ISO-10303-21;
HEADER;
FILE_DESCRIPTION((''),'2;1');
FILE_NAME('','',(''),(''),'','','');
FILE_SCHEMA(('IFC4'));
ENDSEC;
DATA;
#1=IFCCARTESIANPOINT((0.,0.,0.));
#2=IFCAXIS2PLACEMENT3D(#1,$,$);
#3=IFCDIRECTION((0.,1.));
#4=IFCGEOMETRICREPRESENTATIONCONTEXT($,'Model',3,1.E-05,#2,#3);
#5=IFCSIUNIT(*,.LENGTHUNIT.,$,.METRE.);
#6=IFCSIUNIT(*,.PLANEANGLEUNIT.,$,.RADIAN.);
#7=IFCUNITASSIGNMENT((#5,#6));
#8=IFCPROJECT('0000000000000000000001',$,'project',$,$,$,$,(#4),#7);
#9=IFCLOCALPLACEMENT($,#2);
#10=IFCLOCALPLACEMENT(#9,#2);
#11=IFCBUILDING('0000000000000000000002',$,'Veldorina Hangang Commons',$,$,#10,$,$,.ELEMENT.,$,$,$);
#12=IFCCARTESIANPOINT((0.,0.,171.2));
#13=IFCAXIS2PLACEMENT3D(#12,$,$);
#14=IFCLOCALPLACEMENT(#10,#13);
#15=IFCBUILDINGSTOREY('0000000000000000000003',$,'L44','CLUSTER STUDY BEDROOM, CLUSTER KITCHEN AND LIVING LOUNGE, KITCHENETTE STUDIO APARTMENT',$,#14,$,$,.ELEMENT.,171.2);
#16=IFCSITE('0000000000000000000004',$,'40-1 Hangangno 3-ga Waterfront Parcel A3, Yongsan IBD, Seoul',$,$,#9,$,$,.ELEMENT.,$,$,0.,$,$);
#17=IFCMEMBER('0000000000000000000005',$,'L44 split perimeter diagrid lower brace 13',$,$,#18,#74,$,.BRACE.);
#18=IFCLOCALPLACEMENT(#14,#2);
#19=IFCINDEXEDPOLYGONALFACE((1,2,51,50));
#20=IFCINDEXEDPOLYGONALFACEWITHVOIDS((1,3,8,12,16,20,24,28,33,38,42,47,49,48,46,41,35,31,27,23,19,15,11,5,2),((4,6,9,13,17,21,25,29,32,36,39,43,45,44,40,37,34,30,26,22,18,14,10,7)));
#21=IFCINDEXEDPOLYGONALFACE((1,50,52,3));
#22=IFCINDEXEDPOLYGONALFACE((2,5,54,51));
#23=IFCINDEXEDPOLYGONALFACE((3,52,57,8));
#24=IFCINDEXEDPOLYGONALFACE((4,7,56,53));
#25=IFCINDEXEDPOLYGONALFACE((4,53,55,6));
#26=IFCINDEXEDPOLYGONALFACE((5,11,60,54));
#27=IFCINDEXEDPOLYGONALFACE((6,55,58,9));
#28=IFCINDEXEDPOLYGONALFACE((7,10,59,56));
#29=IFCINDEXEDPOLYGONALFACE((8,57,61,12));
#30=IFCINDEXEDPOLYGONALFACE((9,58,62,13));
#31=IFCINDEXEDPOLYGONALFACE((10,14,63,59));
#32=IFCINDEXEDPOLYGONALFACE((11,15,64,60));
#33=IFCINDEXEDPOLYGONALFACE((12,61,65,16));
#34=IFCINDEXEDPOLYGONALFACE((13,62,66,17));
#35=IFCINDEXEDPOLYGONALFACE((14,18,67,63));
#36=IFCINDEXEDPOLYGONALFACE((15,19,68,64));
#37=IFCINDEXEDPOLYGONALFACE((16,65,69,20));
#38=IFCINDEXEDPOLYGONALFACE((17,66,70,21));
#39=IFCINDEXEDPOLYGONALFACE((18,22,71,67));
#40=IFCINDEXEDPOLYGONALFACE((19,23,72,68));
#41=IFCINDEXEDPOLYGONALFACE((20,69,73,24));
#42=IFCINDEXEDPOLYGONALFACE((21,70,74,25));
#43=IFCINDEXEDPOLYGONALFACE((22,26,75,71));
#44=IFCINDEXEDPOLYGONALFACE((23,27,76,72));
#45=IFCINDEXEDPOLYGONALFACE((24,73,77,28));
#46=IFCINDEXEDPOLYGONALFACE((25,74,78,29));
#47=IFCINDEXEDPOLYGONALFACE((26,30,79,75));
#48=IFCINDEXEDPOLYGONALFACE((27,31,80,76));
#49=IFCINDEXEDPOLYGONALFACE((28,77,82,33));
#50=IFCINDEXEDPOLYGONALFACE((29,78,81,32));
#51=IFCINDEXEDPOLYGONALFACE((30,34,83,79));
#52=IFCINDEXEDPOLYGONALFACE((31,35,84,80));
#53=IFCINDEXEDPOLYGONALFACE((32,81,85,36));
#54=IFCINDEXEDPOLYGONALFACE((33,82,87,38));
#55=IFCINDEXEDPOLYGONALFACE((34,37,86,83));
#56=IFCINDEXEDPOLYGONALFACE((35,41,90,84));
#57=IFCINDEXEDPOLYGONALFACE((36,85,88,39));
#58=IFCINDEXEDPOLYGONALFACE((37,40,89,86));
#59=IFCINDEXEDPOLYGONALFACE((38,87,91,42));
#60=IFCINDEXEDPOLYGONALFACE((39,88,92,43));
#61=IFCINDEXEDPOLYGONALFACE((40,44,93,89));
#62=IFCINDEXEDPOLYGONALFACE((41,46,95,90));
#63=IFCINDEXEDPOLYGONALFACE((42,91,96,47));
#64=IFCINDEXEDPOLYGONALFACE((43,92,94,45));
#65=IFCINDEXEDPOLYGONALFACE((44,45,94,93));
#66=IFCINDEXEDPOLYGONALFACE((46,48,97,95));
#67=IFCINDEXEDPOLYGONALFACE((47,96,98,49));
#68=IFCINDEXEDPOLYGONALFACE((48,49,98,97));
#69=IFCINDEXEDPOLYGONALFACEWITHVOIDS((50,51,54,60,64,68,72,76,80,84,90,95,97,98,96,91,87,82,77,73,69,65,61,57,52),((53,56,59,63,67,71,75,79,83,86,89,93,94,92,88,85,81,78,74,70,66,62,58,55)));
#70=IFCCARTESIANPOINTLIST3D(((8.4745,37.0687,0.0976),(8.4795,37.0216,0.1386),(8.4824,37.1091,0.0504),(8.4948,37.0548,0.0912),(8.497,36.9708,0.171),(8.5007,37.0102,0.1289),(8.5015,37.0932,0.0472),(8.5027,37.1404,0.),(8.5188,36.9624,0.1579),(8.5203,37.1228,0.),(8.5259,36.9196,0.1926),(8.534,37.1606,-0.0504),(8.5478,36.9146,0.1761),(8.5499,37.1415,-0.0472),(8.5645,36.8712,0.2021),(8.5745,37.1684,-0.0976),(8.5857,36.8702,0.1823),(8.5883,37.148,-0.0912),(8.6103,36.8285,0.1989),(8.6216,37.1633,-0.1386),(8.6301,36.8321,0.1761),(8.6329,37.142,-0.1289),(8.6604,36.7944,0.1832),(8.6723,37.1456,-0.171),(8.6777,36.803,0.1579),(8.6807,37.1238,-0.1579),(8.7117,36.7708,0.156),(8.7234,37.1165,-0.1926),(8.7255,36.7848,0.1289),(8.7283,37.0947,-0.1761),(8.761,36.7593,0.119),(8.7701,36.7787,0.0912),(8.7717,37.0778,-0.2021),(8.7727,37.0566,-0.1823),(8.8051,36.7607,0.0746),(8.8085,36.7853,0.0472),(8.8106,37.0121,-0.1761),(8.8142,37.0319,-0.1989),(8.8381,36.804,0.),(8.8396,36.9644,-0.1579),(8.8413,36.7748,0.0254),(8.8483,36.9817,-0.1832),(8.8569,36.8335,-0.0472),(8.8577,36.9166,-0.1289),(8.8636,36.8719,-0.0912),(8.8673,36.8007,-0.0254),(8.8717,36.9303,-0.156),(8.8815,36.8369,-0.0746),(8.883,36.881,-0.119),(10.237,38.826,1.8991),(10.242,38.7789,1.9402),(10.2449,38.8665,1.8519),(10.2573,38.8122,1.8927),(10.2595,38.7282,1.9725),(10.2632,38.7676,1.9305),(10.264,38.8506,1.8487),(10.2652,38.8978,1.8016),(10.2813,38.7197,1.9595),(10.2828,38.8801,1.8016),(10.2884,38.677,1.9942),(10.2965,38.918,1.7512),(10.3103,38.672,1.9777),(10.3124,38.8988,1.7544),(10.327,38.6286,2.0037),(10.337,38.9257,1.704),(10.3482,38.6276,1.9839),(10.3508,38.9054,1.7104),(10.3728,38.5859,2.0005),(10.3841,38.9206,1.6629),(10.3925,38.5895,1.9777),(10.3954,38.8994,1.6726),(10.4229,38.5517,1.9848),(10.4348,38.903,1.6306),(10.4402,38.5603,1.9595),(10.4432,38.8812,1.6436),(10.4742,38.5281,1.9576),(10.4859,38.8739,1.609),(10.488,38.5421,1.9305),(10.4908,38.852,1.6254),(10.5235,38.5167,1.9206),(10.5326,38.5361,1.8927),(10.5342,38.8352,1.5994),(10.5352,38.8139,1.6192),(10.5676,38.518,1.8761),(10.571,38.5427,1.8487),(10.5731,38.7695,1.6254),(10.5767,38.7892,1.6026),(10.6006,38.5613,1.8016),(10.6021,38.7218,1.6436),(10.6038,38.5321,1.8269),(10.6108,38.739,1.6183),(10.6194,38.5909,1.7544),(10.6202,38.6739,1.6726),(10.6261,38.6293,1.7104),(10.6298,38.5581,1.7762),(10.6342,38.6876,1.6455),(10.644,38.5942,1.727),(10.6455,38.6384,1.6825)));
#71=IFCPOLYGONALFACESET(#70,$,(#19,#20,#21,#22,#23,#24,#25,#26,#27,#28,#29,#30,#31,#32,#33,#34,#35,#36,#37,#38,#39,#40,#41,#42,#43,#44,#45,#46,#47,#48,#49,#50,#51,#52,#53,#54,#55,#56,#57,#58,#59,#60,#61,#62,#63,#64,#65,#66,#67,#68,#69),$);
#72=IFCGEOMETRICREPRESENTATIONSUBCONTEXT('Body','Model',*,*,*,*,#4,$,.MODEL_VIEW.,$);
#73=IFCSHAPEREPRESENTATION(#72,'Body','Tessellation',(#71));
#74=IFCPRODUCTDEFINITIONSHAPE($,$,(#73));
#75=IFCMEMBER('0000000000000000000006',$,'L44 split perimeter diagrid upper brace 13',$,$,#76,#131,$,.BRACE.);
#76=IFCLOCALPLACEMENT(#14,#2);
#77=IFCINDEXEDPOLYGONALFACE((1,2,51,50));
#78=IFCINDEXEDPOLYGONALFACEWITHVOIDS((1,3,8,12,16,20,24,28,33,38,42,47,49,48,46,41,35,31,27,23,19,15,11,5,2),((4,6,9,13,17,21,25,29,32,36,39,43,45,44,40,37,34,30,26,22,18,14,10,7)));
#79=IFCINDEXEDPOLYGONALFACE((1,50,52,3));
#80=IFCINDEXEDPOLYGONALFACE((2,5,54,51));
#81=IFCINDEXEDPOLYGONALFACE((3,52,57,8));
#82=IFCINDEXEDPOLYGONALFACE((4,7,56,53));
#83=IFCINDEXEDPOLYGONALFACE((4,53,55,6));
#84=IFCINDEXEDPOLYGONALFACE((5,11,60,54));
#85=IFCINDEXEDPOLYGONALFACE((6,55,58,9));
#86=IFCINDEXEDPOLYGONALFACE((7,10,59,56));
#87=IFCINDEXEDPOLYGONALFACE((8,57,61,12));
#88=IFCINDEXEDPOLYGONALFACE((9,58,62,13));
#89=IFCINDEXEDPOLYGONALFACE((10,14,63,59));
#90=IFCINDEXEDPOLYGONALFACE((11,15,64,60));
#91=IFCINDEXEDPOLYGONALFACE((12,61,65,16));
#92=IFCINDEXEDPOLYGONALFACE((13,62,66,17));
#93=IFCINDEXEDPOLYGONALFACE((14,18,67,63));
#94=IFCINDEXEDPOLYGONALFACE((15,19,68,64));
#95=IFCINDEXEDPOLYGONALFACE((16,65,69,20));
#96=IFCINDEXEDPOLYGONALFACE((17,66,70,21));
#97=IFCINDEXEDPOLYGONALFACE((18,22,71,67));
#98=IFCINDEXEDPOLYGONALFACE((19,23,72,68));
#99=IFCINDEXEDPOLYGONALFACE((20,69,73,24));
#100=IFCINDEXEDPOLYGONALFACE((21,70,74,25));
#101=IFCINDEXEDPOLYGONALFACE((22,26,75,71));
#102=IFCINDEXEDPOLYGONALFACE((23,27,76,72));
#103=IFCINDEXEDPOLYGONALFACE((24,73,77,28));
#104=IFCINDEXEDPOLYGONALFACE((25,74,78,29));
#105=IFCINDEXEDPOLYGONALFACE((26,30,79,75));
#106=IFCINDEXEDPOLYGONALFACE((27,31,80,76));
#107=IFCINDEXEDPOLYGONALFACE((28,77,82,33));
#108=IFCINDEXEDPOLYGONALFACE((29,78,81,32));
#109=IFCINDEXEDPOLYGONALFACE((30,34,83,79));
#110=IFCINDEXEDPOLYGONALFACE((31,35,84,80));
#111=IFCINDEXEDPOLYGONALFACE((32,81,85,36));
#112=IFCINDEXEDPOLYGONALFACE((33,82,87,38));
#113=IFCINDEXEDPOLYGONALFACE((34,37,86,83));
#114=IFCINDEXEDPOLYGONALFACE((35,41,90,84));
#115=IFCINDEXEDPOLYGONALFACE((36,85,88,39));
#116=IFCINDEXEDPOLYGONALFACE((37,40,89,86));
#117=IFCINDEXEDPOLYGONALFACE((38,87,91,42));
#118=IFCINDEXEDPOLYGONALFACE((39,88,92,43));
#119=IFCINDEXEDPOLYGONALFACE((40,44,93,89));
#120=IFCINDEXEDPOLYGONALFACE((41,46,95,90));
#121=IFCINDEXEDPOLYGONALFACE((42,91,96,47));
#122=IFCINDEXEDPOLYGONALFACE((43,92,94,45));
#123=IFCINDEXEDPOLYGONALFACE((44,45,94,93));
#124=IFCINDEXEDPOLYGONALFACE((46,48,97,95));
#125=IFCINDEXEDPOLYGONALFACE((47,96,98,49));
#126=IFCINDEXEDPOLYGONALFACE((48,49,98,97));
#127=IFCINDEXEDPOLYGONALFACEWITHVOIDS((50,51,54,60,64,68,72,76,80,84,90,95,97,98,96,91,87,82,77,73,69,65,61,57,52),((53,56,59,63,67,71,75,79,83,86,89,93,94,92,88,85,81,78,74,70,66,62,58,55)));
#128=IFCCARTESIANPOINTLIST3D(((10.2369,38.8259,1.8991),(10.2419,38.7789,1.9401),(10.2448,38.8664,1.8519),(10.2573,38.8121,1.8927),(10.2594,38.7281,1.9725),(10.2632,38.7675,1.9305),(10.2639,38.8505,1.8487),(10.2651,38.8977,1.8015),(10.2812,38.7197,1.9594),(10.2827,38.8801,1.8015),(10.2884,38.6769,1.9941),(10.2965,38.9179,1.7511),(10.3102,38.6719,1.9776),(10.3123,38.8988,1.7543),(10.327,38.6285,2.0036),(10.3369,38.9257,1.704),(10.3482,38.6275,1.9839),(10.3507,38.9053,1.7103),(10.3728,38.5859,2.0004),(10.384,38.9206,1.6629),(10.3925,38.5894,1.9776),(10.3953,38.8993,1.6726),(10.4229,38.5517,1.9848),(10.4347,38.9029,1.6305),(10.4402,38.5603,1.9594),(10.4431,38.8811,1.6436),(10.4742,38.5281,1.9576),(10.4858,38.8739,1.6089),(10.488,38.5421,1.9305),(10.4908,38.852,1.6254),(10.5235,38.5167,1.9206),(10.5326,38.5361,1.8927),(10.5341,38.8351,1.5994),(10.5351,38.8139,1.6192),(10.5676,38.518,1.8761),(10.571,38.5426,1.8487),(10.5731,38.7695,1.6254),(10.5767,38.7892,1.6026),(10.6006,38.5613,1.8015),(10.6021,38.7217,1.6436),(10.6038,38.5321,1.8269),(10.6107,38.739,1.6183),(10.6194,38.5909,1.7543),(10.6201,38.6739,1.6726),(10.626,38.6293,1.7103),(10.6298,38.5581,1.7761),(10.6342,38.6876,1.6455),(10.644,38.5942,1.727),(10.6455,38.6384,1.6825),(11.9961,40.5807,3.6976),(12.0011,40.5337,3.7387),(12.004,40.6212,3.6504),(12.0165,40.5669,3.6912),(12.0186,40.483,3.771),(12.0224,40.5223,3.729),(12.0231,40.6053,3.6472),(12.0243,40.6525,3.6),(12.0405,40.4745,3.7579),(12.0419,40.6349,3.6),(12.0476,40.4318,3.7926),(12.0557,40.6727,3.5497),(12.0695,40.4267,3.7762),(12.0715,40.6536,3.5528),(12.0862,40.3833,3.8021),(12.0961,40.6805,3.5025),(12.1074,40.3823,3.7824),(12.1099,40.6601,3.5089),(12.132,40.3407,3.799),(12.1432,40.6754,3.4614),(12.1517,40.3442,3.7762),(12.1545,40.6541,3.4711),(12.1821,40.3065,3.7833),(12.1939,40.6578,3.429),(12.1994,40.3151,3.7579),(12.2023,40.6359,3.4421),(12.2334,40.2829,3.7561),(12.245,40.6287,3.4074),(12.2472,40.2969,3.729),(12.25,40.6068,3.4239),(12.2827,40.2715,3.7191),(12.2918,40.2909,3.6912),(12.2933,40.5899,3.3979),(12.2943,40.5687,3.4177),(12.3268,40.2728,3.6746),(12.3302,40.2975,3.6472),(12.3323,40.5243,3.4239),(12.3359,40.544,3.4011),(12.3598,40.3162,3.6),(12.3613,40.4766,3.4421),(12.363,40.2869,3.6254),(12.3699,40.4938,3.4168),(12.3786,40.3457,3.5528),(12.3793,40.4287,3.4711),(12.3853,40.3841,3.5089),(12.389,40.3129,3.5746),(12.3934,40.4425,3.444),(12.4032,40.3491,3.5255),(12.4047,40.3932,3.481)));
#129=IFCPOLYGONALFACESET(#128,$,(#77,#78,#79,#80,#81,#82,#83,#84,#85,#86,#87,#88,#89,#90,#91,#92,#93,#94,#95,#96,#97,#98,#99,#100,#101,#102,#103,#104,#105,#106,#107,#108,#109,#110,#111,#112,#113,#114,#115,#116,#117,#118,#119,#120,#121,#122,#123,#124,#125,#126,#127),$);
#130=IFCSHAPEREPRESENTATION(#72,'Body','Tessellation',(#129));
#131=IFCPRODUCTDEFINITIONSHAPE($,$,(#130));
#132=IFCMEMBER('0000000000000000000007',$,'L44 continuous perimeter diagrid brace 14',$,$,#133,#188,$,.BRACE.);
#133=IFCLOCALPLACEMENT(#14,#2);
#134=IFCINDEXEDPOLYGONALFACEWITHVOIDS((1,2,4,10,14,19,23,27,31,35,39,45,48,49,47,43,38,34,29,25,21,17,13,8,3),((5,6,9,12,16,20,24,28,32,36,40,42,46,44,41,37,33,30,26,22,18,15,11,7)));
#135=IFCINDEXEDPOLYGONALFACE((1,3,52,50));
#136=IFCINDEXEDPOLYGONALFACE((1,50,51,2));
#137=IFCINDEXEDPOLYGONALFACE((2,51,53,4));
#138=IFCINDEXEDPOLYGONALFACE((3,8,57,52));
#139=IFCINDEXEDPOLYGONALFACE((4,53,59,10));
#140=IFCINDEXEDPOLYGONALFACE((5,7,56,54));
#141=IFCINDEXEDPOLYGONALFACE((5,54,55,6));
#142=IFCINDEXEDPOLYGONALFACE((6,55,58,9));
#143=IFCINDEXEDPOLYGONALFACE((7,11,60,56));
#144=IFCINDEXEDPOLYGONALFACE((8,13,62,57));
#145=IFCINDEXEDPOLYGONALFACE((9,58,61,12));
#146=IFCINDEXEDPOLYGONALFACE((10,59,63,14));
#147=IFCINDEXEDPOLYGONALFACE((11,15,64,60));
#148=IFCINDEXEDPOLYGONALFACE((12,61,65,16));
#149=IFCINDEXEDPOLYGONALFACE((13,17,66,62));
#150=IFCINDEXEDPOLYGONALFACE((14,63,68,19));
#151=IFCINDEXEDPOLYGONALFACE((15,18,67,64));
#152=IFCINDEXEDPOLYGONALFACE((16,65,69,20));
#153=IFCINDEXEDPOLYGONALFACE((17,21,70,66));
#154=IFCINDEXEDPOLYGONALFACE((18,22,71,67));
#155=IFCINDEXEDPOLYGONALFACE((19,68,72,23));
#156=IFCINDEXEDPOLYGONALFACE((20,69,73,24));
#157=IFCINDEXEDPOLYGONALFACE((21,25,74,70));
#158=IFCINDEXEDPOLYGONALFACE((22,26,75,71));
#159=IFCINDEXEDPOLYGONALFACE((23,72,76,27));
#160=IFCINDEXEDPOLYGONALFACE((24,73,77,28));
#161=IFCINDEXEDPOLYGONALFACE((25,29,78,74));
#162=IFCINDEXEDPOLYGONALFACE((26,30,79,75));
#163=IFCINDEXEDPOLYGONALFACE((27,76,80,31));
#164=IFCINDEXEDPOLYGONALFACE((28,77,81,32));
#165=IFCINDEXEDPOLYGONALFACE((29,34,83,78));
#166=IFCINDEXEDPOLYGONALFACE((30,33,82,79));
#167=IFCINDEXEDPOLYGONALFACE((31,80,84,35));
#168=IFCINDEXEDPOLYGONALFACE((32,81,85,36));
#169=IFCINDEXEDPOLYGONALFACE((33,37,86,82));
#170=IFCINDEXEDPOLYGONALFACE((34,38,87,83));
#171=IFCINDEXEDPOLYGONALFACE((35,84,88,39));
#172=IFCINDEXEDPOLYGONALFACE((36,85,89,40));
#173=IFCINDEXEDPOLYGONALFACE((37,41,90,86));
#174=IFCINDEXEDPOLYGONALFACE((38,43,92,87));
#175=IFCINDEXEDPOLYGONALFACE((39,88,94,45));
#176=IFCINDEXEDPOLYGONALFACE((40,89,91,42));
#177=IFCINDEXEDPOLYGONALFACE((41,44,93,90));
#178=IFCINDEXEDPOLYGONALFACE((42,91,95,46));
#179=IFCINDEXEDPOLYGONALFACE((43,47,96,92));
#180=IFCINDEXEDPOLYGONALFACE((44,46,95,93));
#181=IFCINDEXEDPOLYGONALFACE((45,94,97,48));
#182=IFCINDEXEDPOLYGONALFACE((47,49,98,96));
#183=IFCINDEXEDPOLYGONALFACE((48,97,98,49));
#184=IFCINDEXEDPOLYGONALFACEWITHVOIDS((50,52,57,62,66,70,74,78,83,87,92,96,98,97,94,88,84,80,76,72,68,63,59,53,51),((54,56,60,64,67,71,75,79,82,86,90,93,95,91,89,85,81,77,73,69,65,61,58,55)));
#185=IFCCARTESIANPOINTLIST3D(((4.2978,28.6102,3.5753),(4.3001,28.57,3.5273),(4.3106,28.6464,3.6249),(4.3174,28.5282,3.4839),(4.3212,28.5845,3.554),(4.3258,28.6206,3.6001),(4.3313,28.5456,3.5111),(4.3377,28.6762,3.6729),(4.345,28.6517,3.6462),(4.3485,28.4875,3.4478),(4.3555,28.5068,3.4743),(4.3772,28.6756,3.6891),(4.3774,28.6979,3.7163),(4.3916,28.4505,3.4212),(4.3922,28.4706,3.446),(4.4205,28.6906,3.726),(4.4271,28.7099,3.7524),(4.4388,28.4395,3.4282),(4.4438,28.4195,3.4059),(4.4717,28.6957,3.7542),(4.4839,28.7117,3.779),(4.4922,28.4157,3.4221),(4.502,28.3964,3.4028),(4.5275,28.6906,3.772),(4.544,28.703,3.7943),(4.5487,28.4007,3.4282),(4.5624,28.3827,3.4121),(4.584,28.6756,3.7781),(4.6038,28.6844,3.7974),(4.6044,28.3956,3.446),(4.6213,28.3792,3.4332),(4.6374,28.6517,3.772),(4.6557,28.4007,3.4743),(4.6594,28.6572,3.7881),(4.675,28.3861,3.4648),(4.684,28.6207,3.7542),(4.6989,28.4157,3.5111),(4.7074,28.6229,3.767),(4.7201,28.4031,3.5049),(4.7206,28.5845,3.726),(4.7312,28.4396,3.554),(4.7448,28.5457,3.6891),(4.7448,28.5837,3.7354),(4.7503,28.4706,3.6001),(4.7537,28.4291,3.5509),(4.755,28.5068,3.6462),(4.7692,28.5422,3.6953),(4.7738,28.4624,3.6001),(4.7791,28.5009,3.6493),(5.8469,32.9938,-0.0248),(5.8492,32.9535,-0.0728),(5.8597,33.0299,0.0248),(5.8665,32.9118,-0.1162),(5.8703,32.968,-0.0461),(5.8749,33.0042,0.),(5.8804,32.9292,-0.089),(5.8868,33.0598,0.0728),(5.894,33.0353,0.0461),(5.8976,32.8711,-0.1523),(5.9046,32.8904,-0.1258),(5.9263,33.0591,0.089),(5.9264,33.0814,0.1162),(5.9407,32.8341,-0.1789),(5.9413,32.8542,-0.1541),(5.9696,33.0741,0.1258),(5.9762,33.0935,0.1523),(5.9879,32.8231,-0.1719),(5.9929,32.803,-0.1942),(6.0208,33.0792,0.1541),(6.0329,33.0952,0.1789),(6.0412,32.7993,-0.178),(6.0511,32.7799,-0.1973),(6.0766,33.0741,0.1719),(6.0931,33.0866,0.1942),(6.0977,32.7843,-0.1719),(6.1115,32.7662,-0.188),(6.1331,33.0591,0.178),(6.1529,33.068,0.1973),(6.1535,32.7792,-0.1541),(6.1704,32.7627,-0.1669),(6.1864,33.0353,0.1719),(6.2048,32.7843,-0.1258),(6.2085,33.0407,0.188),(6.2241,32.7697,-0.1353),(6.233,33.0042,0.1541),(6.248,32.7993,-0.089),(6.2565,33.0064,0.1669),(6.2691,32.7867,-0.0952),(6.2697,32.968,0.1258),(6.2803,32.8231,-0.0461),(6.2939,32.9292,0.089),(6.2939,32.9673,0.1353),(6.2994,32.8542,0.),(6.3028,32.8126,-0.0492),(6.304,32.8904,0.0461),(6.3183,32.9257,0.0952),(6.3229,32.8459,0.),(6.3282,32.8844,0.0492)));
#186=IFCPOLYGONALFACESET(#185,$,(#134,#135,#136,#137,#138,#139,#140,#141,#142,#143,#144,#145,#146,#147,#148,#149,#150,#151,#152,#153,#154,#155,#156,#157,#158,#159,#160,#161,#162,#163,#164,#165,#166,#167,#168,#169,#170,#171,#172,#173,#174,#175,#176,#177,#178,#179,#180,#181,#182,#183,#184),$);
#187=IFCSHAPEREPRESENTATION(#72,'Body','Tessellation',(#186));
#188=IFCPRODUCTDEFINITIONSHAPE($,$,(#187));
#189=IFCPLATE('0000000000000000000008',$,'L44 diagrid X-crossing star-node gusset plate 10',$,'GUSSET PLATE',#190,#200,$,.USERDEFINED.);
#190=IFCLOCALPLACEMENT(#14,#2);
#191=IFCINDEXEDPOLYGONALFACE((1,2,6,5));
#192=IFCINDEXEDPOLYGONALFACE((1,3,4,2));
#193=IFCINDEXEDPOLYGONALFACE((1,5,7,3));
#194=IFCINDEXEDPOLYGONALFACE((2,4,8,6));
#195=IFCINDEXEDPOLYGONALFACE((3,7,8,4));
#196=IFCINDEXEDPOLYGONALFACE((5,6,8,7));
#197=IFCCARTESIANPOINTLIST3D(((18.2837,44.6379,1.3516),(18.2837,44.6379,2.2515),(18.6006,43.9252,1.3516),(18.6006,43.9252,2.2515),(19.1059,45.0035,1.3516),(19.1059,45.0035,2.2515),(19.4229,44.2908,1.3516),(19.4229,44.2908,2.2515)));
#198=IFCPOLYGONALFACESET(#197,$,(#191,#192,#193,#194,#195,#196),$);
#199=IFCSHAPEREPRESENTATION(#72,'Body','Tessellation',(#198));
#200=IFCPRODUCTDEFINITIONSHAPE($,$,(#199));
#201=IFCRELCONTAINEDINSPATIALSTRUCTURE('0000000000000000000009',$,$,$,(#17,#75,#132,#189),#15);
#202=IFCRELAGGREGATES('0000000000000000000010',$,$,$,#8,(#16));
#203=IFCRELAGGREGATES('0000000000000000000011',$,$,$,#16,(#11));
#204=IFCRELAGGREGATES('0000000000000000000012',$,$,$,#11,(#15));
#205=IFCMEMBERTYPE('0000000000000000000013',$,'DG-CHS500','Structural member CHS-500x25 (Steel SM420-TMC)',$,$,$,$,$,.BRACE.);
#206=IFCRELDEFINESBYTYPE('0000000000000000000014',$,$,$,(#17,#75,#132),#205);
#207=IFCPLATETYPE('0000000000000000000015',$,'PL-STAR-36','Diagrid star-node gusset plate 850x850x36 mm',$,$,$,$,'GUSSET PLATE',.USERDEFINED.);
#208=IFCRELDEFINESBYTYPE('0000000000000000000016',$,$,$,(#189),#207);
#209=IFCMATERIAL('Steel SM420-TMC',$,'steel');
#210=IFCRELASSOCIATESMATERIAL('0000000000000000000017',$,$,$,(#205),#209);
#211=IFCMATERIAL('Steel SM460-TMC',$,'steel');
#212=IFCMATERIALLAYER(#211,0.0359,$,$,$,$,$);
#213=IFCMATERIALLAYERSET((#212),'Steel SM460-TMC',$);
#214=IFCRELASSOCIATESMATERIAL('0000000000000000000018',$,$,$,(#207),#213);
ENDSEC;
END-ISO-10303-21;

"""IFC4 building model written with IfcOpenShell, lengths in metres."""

from ifc_helpers import new_model, si_unit, direction, frame, origin, origin_2d, place, context, subcontext, project, spatial, rectangle, hollow_circle, extrude, material, layer, layer_set, material_profile, profile_set, type_object, element, save


model = new_model("IFC4")

# Units and contexts
model_context = context("Model", 3, precision=1e-05, world=origin(), true_north=direction((0.0, 1.0)))
body_context = subcontext(model_context, "Body", "Model", "MODEL_VIEW")
ifc_project = project(units=[si_unit("LENGTHUNIT", "METRE"), si_unit("PLANEANGLEUNIT", "RADIAN")], contexts=[model_context])

# Site, building, storey
site_placement = place(None, origin())
site = spatial("IfcSite", under=ifc_project, at=site_placement, Name="40-1 Hangangno 3-ga Waterfront Parcel A3, Yongsan IBD, Seoul", CompositionType="ELEMENT", RefElevation=0.0)
building_placement = place(site_placement, origin())
building = spatial("IfcBuilding", under=site, at=building_placement, Name="Veldorina Hangang Commons", CompositionType="ELEMENT")
storey_placement = place(building_placement, frame((0.0, 0.0, 171.2)))
storey = spatial("IfcBuildingStorey", under=building, at=storey_placement, Name="L44", Description="CLUSTER STUDY BEDROOM, CLUSTER KITCHEN AND LIVING LOUNGE, KITCHENETTE STUDIO APARTMENT", CompositionType="ELEMENT", Elevation=171.2)

# Shared definitions
ifc_material_1 = material(Name="Steel SM420-TMC", Category="steel")

# Members
ifc_material_profile_1 = material_profile(ifc_material_1, hollow_circle(Radius=0.25, WallThickness=0.0249, at=origin_2d()), Name="CHS-500x25")
ifc_profile_set_1 = profile_set([ifc_material_profile_1], Name="Steel SM420-TMC")
member_type = type_object("IfcMemberType", Name="DG-CHS500", Description="Structural member CHS-500x25 (Steel SM420-TMC)", PredefinedType="BRACE", material=ifc_profile_set_1)
member_1_placement = place(storey_placement, frame((8.6792, 36.9634, 0.0), z_axis=(0.573633, 0.571964, 0.586347), x_axis=(-0.706076, 0.708136, 0.0)))
element("IfcMember", 1, at=member_1_placement, inside=storey, type_object=member_type, Name="L44 split perimeter diagrid lower brace 13", PredefinedType="BRACE", context=body_context, shape_type="SweptSolid", body=[
    extrude(hollow_circle(Radius=0.25, WallThickness=0.0249, at=origin_2d()), origin(), (0.0, 0.0, 1.0), 3.0725),
])
member_2_placement = place(storey_placement, frame((10.4417, 38.7207, 1.8015), z_axis=(0.573521, 0.572088, 0.586335), x_axis=(-0.706222, 0.70799, 0.0)))
element("IfcMember", 2, at=member_2_placement, inside=storey, type_object=member_type, Name="L44 split perimeter diagrid upper brace 13", PredefinedType="BRACE", context=body_context, shape_type="SweptSolid", body=[
    extrude(hollow_circle(Radius=0.25, WallThickness=0.0249, at=origin_2d()), origin(), (0.0, 0.0, 1.0), 3.0674),
])
member_3_placement = place(storey_placement, frame((6.0872, 32.9292, 0.0), z_axis=(-0.263442, -0.745486, 0.612249), x_axis=(0.942859, -0.333191, 0.0)))
element("IfcMember", 3, at=member_3_placement, inside=storey, type_object=member_type, Name="L44 continuous perimeter diagrid brace 14", PredefinedType="BRACE", context=body_context, shape_type="SweptSolid", body=[
    extrude(hollow_circle(Radius=0.25, WallThickness=0.0249, at=origin_2d()), origin(), (0.0, 0.0, 1.0), 5.8801),
])

# Plate
ifc_material_2 = material(Name="Steel SM460-TMC", Category="steel")
ifc_layer_1 = layer(ifc_material_2, 0.0359)
ifc_layer_set_1 = layer_set([ifc_layer_1], Name="Steel SM460-TMC")
plate_type = type_object("IfcPlateType", Name="PL-STAR-36", Description="Diagrid star-node gusset plate 850x850x36 mm", ElementType="GUSSET PLATE", PredefinedType="USERDEFINED", material=ifc_layer_set_1)
plate_1_placement = place(storey_placement, frame((18.8533, 44.4644, 1.3516), z_axis=(0.0, 0.0, 1.0), x_axis=(-0.913737, -0.406306, 0.0)))
element("IfcPlate", 4, at=plate_1_placement, inside=storey, type_object=plate_type, Name="L44 diagrid X-crossing star-node gusset plate 10", ObjectType="GUSSET PLATE", PredefinedType="USERDEFINED", context=body_context, shape_type="SweptSolid", body=[
    extrude(rectangle(XDim=0.8999, YDim=0.78, at=origin_2d()), origin(), (0.0, 0.0, 1.0), 0.8999),
])

save(model, "model.ifc")
